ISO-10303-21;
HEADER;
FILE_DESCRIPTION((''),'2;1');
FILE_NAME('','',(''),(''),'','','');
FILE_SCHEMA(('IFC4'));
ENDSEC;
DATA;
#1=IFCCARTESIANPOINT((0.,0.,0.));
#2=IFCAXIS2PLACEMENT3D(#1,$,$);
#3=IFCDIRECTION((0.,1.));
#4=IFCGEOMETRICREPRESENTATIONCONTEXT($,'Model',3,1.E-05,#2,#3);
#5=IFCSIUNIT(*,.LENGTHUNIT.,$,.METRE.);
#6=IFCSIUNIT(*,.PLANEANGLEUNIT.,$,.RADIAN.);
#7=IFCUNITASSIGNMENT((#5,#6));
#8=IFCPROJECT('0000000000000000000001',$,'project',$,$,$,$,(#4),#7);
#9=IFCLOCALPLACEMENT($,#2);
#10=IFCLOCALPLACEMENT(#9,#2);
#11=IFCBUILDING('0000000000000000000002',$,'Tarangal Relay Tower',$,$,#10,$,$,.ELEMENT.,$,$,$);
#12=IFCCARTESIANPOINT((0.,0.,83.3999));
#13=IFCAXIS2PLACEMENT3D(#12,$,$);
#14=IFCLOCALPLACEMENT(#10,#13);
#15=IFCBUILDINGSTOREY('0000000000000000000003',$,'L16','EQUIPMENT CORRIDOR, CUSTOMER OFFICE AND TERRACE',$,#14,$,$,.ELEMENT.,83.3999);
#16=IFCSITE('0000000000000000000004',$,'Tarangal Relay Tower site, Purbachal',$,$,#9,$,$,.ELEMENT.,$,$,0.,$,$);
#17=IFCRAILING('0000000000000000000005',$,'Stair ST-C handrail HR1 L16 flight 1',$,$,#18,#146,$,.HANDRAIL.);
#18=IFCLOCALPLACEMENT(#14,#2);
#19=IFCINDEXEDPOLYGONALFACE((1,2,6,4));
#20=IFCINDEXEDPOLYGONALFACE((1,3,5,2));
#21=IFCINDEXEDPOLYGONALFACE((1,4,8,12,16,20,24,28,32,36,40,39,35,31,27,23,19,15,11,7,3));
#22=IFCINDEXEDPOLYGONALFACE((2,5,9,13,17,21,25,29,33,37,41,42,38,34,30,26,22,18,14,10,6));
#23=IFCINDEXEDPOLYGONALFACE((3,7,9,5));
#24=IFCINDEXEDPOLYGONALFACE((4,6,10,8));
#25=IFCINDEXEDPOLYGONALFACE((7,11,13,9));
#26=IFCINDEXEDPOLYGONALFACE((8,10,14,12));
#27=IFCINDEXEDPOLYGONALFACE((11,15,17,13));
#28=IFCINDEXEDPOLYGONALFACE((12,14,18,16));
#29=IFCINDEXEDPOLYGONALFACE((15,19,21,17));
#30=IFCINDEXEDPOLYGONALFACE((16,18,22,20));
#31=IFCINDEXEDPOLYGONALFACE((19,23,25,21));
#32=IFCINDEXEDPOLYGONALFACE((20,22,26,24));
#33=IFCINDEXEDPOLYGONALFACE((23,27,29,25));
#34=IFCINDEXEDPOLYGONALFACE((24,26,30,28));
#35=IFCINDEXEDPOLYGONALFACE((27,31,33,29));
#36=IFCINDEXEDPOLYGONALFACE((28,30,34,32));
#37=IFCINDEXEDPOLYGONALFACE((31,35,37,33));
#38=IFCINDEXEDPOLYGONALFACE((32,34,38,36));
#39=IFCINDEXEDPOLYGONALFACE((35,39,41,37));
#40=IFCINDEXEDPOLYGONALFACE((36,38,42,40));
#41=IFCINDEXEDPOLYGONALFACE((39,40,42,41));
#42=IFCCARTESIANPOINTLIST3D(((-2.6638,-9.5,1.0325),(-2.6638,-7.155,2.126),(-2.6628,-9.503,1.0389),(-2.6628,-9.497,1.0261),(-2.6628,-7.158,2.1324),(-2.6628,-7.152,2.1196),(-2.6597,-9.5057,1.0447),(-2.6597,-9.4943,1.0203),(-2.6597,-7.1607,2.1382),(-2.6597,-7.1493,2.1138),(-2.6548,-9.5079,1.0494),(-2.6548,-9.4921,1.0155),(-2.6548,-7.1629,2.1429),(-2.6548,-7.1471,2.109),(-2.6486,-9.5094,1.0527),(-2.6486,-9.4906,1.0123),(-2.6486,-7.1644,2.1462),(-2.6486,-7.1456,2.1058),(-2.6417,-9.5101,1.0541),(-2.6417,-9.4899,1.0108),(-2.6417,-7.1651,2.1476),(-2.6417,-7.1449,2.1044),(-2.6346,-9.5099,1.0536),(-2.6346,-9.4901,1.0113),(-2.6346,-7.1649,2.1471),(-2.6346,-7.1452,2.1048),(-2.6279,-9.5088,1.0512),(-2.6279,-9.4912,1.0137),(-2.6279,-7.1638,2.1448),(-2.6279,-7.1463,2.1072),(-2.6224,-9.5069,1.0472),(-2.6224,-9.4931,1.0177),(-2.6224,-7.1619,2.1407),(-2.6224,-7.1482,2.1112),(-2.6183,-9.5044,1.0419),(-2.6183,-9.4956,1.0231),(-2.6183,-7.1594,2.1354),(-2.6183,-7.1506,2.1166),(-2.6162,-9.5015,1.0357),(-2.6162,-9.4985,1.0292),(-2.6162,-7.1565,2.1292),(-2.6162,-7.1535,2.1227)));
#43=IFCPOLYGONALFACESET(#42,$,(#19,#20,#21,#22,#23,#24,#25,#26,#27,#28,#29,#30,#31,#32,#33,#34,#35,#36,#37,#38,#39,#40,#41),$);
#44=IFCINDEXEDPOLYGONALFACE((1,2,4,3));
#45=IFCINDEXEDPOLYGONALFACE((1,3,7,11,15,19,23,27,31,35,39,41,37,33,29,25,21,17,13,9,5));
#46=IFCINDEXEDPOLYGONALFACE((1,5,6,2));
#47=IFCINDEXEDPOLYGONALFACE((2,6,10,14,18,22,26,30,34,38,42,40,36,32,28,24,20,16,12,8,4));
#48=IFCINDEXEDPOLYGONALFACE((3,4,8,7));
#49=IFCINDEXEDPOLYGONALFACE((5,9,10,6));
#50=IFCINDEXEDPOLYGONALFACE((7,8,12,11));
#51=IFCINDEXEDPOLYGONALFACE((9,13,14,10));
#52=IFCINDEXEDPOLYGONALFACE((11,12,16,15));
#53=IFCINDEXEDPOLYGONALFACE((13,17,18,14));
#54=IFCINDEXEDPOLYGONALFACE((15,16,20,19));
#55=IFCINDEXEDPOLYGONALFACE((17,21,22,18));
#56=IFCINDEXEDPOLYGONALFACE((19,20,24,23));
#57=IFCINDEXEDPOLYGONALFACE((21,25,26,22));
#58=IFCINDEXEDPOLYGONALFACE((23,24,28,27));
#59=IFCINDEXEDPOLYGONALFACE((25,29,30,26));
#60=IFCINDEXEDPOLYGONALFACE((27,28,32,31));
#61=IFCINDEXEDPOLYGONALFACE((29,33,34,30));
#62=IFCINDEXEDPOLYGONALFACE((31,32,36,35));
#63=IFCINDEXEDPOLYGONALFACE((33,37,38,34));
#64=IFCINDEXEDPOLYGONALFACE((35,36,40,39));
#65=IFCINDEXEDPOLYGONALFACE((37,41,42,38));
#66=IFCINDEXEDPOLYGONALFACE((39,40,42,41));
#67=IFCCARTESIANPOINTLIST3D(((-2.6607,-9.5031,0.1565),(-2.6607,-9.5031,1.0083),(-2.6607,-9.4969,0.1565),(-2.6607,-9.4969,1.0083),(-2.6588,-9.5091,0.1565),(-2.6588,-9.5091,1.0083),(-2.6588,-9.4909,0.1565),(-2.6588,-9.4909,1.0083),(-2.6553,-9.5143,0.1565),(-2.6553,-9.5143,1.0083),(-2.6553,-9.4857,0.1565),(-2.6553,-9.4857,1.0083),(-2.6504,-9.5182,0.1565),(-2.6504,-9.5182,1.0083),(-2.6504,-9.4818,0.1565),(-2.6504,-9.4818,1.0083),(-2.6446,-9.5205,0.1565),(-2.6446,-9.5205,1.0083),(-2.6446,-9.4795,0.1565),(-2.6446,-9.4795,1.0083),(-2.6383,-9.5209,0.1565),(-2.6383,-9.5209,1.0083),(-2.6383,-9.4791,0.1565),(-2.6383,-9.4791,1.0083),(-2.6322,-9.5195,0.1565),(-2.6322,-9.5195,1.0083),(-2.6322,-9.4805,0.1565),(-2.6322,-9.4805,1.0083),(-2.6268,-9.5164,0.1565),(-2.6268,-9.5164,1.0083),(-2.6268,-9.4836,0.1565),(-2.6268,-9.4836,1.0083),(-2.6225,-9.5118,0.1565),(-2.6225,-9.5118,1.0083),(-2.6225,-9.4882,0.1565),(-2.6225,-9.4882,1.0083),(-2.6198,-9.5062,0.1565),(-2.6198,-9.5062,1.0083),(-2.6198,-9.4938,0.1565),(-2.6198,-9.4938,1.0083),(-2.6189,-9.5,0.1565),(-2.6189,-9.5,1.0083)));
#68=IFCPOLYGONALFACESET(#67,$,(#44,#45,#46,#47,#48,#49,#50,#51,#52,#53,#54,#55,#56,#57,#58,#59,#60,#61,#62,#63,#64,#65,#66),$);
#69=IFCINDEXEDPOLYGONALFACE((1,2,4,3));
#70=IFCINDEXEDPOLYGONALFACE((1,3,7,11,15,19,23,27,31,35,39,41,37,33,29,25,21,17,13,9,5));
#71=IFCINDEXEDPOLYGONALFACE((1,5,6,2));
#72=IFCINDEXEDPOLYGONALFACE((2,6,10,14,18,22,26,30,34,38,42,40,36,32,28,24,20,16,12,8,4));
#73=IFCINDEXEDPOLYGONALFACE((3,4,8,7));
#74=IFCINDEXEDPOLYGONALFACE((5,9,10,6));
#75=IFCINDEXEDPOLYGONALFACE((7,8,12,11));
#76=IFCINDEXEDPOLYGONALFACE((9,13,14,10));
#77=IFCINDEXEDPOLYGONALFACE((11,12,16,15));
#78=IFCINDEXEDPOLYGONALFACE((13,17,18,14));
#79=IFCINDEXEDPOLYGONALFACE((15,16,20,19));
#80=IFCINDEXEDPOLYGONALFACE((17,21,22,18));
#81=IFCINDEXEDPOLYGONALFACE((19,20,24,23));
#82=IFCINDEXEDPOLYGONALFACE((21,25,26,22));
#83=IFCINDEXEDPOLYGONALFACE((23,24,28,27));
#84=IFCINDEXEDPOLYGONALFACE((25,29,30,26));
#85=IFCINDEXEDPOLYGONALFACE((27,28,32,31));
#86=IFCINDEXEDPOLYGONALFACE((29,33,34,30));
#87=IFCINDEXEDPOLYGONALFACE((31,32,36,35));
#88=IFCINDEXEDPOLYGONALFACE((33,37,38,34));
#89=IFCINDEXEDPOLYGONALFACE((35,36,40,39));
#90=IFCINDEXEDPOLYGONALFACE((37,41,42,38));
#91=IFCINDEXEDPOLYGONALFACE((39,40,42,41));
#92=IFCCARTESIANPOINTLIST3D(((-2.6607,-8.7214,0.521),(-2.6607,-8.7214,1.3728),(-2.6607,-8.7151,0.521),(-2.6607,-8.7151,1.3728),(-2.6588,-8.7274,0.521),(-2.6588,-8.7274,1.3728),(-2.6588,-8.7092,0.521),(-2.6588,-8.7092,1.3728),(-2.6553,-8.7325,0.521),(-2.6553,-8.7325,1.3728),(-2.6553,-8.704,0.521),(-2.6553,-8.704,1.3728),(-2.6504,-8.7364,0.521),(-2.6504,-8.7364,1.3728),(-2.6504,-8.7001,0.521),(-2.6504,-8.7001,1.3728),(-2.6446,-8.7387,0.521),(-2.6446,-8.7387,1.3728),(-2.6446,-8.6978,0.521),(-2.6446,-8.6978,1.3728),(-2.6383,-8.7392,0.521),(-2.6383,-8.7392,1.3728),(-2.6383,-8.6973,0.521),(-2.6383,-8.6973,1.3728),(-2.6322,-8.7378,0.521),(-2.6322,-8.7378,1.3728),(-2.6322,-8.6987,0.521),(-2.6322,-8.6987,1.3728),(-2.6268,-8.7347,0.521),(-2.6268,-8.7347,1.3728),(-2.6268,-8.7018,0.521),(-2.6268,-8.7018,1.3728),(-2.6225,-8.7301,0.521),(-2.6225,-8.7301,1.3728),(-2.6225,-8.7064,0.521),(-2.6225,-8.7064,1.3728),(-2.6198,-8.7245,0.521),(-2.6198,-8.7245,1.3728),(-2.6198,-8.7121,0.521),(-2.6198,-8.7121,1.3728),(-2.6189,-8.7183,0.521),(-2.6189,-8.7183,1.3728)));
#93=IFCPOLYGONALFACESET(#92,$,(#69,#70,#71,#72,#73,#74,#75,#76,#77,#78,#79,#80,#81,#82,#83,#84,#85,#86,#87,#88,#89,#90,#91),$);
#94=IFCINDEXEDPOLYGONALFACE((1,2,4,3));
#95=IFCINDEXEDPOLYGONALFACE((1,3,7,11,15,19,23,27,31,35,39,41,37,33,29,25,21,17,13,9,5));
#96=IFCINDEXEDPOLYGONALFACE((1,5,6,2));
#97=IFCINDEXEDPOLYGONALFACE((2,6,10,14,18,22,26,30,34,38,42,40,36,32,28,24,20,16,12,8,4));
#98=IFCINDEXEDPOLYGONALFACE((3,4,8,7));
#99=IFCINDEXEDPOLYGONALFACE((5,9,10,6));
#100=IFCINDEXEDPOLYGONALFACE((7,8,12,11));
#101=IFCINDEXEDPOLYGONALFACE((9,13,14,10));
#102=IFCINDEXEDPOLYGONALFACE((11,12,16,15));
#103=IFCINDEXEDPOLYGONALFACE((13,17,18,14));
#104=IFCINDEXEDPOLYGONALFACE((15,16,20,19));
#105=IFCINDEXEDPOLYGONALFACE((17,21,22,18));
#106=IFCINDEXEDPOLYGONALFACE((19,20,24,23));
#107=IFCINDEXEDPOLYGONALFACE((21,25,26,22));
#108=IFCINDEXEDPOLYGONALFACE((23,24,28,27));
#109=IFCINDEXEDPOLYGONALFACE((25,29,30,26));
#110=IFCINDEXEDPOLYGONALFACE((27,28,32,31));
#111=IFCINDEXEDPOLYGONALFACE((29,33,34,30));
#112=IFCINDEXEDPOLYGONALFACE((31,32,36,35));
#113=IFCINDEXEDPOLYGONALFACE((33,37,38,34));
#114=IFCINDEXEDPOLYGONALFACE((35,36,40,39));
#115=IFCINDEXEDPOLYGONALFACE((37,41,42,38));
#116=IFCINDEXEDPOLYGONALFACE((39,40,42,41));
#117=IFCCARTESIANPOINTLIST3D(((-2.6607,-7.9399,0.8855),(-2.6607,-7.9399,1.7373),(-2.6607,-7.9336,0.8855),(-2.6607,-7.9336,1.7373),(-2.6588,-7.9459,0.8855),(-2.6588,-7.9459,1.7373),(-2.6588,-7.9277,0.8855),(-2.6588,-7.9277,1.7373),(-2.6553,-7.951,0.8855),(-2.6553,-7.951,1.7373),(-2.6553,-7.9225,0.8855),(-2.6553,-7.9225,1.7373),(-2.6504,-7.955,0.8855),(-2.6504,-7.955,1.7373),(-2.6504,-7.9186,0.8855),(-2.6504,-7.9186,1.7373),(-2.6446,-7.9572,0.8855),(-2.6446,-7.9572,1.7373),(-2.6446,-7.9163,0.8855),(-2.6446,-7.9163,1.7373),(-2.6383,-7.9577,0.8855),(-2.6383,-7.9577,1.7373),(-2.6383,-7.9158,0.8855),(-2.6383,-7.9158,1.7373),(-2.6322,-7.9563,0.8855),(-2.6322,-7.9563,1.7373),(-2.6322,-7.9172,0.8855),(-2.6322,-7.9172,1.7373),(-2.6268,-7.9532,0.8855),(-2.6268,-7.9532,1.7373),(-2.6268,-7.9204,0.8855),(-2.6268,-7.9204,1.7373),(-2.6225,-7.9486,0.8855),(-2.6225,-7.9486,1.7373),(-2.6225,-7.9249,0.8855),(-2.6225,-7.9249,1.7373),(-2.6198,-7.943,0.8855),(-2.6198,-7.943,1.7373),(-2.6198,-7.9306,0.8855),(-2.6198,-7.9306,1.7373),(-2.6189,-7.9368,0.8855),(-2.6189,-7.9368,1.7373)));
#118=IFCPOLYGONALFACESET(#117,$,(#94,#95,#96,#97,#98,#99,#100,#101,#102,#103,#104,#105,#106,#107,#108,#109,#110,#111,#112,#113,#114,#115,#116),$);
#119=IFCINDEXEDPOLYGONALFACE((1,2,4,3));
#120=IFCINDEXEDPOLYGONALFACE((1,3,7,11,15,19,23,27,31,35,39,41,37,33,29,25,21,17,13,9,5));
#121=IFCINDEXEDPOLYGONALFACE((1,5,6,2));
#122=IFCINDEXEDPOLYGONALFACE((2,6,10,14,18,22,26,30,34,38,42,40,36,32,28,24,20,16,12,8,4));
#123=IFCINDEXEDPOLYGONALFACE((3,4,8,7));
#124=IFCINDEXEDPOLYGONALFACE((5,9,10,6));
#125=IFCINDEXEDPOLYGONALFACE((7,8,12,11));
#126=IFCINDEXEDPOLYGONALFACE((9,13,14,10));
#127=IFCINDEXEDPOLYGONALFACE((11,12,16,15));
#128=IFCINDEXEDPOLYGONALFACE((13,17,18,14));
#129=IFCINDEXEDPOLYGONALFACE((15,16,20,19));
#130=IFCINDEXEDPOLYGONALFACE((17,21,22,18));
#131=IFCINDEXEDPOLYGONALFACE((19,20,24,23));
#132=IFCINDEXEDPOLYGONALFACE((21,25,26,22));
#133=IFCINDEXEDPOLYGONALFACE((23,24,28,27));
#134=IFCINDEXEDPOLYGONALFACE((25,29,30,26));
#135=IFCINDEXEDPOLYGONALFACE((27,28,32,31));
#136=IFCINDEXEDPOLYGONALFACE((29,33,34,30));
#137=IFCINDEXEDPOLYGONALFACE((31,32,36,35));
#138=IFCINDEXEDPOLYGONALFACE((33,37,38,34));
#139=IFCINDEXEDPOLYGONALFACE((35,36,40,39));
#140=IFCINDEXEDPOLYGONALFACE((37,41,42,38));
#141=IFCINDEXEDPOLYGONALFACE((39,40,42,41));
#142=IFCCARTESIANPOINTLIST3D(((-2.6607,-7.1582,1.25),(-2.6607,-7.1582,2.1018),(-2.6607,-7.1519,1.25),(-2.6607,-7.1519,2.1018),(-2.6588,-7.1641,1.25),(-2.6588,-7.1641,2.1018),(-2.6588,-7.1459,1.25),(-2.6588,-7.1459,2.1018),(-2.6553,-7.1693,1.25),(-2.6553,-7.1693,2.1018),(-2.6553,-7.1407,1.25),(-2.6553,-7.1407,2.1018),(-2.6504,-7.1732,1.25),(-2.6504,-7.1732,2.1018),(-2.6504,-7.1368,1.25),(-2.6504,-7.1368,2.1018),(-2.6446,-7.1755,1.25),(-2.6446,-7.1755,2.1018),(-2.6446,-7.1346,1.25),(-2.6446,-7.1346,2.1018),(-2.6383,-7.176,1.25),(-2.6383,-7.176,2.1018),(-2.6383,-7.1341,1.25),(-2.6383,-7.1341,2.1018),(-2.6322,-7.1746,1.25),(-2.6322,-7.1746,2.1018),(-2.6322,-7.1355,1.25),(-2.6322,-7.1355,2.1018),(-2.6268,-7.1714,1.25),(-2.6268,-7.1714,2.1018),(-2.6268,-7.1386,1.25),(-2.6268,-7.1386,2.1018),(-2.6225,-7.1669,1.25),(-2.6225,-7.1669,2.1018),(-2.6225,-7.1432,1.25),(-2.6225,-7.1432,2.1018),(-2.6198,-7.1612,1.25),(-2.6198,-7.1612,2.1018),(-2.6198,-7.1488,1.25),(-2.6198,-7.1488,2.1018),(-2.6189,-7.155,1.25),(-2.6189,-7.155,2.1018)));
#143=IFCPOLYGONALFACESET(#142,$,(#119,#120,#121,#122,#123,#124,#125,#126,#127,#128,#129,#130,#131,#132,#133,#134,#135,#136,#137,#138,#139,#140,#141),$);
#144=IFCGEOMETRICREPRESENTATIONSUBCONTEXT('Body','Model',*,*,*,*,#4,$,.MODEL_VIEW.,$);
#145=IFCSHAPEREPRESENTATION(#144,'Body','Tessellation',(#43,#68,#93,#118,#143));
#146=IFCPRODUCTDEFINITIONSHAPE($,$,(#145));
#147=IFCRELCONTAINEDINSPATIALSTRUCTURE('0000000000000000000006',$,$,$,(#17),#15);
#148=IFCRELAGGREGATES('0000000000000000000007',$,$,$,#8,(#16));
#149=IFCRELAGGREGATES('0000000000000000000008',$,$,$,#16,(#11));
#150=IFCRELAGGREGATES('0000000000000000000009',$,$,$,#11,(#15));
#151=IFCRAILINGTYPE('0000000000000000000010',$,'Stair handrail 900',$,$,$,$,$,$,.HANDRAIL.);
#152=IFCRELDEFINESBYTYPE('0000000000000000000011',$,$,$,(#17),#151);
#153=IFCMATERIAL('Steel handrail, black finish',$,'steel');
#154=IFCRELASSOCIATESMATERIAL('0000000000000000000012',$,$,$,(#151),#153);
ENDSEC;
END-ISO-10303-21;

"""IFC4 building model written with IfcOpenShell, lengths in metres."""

from ifc_helpers import new_model, si_unit, direction, frame, origin, origin_2d, place, context, subcontext, project, spatial, circle, extrude, material, type_object, element, save


model = new_model("IFC4")

# Units and contexts
model_context = context("Model", 3, precision=1e-05, world=origin(), true_north=direction((0.0, 1.0)))
body_context = subcontext(model_context, "Body", "Model", "MODEL_VIEW")
ifc_project = project(units=[si_unit("LENGTHUNIT", "METRE"), si_unit("PLANEANGLEUNIT", "RADIAN")], contexts=[model_context])

# Site, building, storey
site_placement = place(None, origin())
site = spatial("IfcSite", under=ifc_project, at=site_placement, Name="Tarangal Relay Tower site, Purbachal", CompositionType="ELEMENT", RefElevation=0.0)
building_placement = place(site_placement, origin())
building = spatial("IfcBuilding", under=site, at=building_placement, Name="Tarangal Relay Tower", CompositionType="ELEMENT")
storey_placement = place(building_placement, frame((0.0, 0.0, 83.3999)))
storey = spatial("IfcBuildingStorey", under=building, at=storey_placement, Name="L16", Description="EQUIPMENT CORRIDOR, CUSTOMER OFFICE AND TERRACE", CompositionType="ELEMENT", Elevation=83.3999)

# Railing
ifc_material_1 = material(Name="Steel handrail, black finish", Category="steel")
railing_type_1 = type_object("IfcRailingType", Name="Stair handrail 900", PredefinedType="HANDRAIL", material=ifc_material_1)
for number, where, name in (
    (1, (-2.6399, -9.5, 0.1565), "Stair ST-C handrail HR1 L16 flight 1"),
):
    element("IfcRailing", number, at=place(storey_placement, frame(where)), inside=storey, type_object=railing_type_1, Name=name, PredefinedType="HANDRAIL", context=body_context, shape_type="SweptSolid", body=[
        extrude(circle(Radius=0.0239, at=origin_2d()), frame((0.0, 0.0, 0.876), z_axis=(0.0, 0.906304, 0.422627), x_axis=(-1.0, 0.0, 0.0)), (0.0, 0.0, 1.0), 2.5874),
        extrude(circle(Radius=0.021, at=origin_2d()), origin(), (0.0, 0.0, 1.0), 0.8518),
        extrude(circle(Radius=0.021, at=origin_2d()), frame((0.0, 0.7817, 0.3645)), (0.0, 0.0, 1.0), 0.8518),
        extrude(circle(Radius=0.021, at=origin_2d()), frame((0.0, 1.5632, 0.729)), (0.0, 0.0, 1.0), 0.8518),
        extrude(circle(Radius=0.021, at=origin_2d()), frame((0.0, 2.345, 1.0935)), (0.0, 0.0, 1.0), 0.8518),
    ])

save(model, "model.ifc")
